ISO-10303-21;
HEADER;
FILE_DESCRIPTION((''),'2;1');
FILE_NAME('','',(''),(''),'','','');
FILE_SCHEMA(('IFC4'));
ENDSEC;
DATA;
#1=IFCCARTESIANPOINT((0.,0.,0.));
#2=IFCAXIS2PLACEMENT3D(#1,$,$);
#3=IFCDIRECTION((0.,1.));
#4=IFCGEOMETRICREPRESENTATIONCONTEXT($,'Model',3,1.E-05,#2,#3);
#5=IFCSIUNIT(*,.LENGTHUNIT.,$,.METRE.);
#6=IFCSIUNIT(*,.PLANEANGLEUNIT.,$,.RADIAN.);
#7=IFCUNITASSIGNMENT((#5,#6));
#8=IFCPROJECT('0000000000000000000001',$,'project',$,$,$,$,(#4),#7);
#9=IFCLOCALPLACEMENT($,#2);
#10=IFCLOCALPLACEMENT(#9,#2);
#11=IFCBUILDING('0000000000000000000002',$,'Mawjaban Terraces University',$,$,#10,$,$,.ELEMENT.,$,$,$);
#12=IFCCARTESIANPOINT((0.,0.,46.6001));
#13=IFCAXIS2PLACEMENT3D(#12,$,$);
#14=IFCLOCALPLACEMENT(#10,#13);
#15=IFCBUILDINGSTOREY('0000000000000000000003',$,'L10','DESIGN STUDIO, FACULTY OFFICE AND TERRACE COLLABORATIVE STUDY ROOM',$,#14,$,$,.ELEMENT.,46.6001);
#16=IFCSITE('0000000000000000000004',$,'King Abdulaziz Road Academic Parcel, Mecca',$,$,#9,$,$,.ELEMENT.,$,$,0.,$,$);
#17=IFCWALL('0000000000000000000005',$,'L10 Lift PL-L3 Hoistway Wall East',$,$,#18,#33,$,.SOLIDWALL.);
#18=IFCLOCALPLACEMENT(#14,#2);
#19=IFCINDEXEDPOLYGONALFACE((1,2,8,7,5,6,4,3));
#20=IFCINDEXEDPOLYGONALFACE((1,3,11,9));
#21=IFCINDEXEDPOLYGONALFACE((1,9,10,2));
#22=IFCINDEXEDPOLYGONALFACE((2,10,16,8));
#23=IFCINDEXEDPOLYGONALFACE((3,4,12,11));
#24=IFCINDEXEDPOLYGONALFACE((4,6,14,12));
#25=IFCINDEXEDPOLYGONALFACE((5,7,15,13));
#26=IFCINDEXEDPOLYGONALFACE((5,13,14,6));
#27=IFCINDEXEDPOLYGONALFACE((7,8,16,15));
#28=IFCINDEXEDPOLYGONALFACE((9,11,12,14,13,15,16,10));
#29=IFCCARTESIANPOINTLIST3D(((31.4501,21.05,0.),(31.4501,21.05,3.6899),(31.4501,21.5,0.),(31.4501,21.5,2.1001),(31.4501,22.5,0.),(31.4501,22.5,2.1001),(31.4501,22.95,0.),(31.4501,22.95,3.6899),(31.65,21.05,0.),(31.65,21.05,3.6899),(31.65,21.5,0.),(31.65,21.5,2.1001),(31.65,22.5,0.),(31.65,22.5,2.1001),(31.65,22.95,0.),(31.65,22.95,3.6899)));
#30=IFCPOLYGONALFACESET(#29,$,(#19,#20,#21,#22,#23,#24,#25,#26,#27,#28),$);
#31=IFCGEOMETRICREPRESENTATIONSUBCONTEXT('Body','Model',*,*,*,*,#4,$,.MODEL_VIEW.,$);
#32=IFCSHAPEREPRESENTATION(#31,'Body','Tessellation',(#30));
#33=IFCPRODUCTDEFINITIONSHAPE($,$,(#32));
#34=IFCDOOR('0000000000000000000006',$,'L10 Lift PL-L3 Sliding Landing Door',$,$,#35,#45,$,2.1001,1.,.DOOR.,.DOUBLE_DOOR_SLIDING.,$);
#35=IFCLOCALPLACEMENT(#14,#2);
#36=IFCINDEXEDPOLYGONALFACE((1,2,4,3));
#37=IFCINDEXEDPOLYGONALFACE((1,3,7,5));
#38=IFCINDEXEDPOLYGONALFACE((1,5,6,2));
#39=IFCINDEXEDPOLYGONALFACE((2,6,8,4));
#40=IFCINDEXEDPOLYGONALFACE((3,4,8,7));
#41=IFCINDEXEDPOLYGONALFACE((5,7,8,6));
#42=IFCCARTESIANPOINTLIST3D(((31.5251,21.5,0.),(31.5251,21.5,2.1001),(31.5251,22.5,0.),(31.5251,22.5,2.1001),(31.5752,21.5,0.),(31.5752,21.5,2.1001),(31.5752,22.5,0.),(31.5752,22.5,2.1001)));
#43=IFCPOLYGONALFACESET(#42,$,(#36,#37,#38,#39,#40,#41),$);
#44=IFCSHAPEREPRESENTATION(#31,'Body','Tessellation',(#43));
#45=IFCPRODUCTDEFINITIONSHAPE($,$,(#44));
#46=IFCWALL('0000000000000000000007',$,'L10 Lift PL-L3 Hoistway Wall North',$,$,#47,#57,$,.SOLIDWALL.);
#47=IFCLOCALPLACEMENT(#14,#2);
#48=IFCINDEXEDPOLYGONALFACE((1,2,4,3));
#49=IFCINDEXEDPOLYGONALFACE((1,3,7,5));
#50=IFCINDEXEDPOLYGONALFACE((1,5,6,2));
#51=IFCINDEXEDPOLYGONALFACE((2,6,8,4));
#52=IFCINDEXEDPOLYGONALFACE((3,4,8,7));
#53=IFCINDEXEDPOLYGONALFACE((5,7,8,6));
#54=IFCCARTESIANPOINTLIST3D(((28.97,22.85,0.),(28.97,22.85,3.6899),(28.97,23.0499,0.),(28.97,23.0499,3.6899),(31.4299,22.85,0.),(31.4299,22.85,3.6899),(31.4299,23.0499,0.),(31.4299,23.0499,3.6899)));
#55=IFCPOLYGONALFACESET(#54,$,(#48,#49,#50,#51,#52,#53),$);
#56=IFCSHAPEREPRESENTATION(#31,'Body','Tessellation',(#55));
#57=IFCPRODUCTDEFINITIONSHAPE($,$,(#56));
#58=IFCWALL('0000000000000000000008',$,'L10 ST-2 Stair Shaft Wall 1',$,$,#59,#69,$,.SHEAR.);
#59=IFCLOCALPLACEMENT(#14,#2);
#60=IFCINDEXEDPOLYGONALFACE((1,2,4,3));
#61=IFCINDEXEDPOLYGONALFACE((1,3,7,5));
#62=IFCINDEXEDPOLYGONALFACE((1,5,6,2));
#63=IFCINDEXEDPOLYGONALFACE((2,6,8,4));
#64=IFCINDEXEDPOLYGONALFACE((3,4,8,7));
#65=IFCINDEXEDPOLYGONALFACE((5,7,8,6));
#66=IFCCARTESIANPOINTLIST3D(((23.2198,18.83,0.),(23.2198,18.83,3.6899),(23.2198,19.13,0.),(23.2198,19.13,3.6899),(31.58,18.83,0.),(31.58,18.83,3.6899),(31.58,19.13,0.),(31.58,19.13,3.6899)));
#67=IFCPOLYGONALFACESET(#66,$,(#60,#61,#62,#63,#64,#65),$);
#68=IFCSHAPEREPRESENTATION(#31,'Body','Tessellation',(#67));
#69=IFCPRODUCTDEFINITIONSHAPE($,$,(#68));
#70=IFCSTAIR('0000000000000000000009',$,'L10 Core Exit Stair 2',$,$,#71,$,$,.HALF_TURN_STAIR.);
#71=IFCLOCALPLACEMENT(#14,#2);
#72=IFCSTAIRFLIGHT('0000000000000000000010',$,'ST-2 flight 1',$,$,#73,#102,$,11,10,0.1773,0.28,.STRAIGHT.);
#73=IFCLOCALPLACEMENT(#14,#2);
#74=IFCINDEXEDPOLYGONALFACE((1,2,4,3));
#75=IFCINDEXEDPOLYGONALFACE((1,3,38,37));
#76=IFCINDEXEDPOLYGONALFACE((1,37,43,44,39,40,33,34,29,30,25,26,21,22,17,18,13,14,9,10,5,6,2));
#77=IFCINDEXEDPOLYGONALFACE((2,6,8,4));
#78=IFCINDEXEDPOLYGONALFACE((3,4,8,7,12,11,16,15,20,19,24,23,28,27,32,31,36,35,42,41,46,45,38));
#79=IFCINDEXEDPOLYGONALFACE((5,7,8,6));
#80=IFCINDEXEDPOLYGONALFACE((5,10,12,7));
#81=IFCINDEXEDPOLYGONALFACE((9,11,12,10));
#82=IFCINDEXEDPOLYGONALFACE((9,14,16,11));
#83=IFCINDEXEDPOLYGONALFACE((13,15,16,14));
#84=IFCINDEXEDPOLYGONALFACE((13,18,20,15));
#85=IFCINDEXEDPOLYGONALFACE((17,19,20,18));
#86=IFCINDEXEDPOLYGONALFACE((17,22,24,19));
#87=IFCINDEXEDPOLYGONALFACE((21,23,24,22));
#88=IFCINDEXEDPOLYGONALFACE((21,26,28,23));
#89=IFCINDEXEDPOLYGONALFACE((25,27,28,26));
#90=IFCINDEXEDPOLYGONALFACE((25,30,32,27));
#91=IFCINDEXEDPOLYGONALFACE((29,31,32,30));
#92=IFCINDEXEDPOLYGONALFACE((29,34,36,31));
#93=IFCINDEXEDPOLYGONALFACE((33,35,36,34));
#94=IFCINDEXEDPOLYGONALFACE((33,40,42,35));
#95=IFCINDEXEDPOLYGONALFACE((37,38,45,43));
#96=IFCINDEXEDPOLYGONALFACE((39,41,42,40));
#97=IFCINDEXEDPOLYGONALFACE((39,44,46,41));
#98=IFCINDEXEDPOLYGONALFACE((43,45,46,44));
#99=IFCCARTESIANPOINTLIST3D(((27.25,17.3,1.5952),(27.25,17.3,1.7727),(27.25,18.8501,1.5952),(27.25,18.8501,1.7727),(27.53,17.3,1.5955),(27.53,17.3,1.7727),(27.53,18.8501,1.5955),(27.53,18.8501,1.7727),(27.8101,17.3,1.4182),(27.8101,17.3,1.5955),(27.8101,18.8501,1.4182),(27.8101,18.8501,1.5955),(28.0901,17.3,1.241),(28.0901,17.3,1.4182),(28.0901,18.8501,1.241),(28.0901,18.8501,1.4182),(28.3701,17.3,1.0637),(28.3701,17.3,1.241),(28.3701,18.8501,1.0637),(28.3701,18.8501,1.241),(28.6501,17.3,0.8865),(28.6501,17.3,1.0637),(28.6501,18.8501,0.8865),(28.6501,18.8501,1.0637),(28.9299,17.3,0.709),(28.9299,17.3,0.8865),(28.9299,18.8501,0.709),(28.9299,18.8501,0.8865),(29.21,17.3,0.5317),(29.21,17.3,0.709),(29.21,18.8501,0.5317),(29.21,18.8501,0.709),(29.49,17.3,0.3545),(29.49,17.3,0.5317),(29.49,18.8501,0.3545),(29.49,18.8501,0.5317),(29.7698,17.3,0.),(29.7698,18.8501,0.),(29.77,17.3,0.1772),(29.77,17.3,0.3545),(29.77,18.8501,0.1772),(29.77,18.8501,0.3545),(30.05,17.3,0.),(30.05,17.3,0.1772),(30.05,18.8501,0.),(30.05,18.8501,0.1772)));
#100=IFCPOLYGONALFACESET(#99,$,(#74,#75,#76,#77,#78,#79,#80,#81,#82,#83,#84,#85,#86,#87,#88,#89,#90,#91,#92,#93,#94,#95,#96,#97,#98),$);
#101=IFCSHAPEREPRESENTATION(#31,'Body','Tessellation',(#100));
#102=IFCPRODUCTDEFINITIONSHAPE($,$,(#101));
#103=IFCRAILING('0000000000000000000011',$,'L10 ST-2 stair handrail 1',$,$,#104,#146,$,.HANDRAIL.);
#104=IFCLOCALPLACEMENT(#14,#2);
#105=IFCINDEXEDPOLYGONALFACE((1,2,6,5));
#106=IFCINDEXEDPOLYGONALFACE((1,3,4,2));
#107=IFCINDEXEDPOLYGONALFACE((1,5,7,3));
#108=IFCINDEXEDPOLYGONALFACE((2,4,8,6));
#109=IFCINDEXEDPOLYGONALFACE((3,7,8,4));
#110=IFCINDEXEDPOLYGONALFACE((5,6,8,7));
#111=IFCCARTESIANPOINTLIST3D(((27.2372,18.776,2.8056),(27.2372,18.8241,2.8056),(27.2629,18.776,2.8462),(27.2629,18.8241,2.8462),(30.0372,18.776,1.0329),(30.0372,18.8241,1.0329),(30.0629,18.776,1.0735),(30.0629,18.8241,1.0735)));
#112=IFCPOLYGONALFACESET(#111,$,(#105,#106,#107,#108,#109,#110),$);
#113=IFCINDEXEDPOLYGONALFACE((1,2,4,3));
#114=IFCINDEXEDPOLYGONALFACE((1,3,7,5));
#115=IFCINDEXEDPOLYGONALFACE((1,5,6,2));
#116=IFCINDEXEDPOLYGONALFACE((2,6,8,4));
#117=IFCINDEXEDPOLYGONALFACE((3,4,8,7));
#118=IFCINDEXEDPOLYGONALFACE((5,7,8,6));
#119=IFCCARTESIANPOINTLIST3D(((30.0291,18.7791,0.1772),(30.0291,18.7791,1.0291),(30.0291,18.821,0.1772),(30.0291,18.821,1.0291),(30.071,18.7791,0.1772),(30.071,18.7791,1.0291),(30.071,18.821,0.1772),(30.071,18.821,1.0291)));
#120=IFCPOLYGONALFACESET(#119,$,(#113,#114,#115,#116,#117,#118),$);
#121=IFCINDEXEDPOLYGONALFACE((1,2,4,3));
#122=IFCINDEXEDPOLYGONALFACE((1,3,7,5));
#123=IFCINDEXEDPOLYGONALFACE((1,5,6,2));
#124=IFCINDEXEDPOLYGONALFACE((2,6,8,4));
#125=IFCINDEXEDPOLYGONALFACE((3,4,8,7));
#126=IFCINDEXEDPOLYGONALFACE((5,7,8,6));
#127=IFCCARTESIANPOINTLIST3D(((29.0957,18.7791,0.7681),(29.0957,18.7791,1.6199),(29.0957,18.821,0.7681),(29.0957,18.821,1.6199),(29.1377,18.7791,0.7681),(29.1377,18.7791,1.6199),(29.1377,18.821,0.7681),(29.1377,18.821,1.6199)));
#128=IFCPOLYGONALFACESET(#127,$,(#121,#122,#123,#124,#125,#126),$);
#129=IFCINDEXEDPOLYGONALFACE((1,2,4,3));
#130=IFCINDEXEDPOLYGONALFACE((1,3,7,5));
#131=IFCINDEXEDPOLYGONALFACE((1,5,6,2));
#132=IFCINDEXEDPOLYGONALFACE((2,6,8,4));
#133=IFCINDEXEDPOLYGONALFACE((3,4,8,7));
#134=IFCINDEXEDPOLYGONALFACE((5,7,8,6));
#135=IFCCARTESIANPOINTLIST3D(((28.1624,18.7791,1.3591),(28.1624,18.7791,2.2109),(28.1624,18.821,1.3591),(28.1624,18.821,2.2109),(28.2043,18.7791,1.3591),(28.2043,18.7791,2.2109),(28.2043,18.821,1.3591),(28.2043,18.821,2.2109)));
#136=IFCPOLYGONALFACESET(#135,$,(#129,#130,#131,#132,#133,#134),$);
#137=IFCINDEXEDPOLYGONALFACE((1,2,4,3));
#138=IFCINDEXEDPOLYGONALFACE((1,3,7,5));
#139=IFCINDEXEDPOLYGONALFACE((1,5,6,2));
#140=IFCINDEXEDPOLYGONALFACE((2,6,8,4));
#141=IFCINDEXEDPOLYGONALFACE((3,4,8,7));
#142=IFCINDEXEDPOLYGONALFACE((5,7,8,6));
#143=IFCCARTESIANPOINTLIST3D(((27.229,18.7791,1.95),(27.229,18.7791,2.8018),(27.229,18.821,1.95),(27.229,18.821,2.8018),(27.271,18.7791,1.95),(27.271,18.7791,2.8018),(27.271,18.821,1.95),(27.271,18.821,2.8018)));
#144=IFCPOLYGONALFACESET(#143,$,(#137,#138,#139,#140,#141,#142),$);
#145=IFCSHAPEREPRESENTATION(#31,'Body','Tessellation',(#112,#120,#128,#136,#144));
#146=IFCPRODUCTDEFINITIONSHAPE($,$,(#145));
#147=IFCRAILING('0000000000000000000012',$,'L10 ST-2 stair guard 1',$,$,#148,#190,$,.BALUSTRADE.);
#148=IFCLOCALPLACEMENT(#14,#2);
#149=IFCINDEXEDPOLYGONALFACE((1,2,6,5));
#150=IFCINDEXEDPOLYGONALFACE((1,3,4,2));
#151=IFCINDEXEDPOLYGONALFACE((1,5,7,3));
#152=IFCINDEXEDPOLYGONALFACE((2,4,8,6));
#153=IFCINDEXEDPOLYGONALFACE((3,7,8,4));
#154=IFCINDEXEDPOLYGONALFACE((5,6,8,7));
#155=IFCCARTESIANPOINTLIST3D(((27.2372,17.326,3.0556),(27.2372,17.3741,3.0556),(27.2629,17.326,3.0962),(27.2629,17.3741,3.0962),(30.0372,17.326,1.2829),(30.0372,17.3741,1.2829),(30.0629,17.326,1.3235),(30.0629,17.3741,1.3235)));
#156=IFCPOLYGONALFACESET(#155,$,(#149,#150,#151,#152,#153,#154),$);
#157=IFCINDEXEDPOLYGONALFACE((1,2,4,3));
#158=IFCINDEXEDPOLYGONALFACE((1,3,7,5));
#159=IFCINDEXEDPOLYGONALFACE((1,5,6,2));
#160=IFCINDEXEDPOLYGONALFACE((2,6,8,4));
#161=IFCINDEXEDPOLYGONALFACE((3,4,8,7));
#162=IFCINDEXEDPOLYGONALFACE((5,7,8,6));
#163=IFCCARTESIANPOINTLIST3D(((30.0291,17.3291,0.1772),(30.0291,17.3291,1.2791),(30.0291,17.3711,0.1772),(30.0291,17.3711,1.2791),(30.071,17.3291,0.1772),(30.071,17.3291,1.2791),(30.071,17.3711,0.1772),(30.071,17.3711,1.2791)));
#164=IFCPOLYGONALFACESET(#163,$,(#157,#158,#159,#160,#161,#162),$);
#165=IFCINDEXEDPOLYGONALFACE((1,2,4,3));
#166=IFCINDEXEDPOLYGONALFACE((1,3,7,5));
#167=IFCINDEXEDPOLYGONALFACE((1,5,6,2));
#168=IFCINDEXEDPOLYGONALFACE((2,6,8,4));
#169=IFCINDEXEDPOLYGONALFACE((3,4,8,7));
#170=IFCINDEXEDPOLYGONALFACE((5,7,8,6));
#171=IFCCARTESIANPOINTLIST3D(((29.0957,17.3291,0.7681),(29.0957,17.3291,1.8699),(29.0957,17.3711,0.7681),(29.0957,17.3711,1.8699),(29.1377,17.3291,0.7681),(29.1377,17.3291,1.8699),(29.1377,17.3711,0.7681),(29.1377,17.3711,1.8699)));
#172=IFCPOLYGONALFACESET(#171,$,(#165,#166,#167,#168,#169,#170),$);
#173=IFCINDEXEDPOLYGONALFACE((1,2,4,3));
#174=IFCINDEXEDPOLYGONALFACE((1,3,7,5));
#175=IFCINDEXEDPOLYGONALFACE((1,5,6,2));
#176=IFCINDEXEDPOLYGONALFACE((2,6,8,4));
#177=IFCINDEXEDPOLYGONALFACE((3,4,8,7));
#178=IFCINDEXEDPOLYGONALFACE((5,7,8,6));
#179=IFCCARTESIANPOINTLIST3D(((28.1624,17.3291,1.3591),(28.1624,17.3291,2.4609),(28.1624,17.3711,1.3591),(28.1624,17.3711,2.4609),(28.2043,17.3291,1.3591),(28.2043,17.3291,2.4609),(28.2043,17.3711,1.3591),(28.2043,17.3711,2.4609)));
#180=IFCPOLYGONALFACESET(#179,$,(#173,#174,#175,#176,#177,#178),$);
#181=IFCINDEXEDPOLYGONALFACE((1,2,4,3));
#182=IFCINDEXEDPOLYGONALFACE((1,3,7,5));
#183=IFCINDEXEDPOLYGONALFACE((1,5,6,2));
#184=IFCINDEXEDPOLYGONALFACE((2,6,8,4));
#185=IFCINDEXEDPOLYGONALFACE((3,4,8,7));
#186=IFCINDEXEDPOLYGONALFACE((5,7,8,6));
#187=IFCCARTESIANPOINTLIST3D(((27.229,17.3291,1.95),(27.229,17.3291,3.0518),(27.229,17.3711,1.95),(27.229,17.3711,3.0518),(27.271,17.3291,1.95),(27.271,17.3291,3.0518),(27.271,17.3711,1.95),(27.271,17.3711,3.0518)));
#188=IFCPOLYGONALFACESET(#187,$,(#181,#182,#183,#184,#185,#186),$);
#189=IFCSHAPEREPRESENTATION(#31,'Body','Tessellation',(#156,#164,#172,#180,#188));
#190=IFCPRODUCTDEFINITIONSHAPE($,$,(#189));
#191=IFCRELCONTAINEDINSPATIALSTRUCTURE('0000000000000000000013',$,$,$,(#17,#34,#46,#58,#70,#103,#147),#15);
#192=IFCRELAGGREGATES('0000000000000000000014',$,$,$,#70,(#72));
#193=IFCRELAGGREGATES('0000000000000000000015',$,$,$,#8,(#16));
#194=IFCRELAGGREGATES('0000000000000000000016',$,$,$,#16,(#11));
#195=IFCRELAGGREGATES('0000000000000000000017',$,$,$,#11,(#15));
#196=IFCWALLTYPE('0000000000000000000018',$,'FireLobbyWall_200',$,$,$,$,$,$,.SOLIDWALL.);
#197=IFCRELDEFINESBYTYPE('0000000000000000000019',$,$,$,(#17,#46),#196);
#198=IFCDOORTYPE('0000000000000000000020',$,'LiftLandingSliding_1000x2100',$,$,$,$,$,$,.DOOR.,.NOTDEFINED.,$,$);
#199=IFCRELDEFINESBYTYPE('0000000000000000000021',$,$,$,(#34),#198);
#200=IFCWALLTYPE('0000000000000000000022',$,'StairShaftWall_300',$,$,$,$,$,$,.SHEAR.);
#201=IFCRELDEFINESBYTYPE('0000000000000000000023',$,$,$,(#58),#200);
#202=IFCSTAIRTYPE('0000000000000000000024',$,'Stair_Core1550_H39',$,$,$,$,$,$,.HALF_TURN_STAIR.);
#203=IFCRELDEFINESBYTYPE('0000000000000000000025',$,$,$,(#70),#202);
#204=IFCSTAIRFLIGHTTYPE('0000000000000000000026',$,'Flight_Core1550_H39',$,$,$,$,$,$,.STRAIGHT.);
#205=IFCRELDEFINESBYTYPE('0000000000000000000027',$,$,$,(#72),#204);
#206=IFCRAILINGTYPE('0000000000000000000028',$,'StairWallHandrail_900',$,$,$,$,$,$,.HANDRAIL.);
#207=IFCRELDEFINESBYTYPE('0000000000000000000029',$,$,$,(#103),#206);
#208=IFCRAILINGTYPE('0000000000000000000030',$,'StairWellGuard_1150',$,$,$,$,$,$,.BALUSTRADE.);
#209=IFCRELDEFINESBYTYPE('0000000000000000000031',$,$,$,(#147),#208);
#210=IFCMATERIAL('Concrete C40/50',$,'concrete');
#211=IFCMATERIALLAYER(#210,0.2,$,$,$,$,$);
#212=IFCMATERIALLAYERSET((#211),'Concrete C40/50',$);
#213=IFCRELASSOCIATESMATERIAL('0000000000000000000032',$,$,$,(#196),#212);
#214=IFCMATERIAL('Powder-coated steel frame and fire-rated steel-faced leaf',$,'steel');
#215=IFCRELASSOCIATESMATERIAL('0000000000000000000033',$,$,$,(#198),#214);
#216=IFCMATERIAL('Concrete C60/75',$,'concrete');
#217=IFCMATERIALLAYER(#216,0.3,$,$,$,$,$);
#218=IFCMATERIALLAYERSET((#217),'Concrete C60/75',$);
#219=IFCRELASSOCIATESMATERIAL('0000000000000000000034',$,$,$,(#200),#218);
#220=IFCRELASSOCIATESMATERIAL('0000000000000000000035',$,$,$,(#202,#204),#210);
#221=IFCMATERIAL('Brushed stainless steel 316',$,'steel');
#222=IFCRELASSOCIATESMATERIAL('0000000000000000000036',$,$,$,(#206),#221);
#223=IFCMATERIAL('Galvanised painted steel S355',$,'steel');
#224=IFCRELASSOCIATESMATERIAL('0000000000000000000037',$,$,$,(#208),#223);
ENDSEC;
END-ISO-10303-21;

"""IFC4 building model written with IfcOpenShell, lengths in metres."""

from ifc_helpers import new_model, si_unit, direction, frame, frame_2d, origin, origin_2d, place, context, subcontext, project, spatial, polyline, rectangle, outline, extrude, material, layer, layer_set, type_object, element, fill, aggregate, save


model = new_model("IFC4")

# Units and contexts
model_context = context("Model", 3, precision=1e-05, world=origin(), true_north=direction((0.0, 1.0)))
body_context = subcontext(model_context, "Body", "Model", "MODEL_VIEW")
ifc_project = project(units=[si_unit("LENGTHUNIT", "METRE"), si_unit("PLANEANGLEUNIT", "RADIAN")], contexts=[model_context])

# Site, building, storey
site_placement = place(None, origin())
site = spatial("IfcSite", under=ifc_project, at=site_placement, Name="King Abdulaziz Road Academic Parcel, Mecca", CompositionType="ELEMENT", RefElevation=0.0)
building_placement = place(site_placement, origin())
building = spatial("IfcBuilding", under=site, at=building_placement, Name="Mawjaban Terraces University", CompositionType="ELEMENT")
storey_placement = place(building_placement, frame((0.0, 0.0, 46.6001)))
storey = spatial("IfcBuildingStorey", under=building, at=storey_placement, Name="L10", Description="DESIGN STUDIO, FACULTY OFFICE AND TERRACE COLLABORATIVE STUDY ROOM", CompositionType="ELEMENT", Elevation=46.6001)

# Shared definitions
ifc_material_1 = material(Name="Concrete C40/50", Category="concrete")
ifc_layer_1 = layer(ifc_material_1, 0.2)
ifc_layer_set_1 = layer_set([ifc_layer_1], Name="Concrete C40/50")
wall_type_1 = type_object("IfcWallType", Name="FireLobbyWall_200", PredefinedType="SOLIDWALL", material=ifc_layer_set_1)

# Wall, opening, door
ifc_material_2 = material(Name="Powder-coated steel frame and fire-rated steel-faced leaf", Category="steel")
door_type_1 = type_object("IfcDoorType", Name="LiftLandingSliding_1000x2100", OperationType="NOTDEFINED", PredefinedType="DOOR", material=ifc_material_2)
wall_1_placement = place(storey_placement, frame((31.55, 21.05, 0.0), z_axis=(0.0, 0.0, 1.0), x_axis=(0.0, 1.0, 0.0)))
wall_1 = element("IfcWall", 1, at=wall_1_placement, inside=storey, type_object=wall_type_1, Name="L10 Lift PL-L3 Hoistway Wall East", PredefinedType="SOLIDWALL", context=body_context, shape_type="SweptSolid", body=[
    extrude(rectangle(XDim=1.8999, YDim=0.2, at=frame_2d((0.95, 0.0))), origin(), (0.0, 0.0, 1.0), 3.6899),
])
opening_1_placement = place(wall_1_placement, frame((0.45, 0.0, 0.0)))
opening_1 = element("IfcOpeningElement", 2, at=opening_1_placement, cuts=wall_1, PredefinedType="OPENING", context=body_context, shape_type="SweptSolid", body=[
    extrude(rectangle(XDim=1.0, YDim=2.1001, at=frame_2d((0.5, 1.05))), frame((0.0, 0.1099, 0.0), z_axis=(0.0, -1.0, 0.0), x_axis=(1.0, 0.0, 0.0)), (0.0, 0.0, 1.0), 0.22),
])
door_1_placement = place(opening_1_placement, origin())
door_1 = element("IfcDoor", 3, at=door_1_placement, inside=storey, type_object=door_type_1, Name="L10 Lift PL-L3 Sliding Landing Door", OperationType="DOUBLE_DOOR_SLIDING", OverallHeight=2.1001, OverallWidth=1.0, PredefinedType="DOOR", context=body_context, shape_type="SweptSolid", body=[
    extrude(rectangle(XDim=1.0, YDim=2.1001, at=frame_2d((0.5, 1.05))), frame((0.0, 0.0249, 0.0), z_axis=(0.0, -1.0, 0.0), x_axis=(1.0, 0.0, 0.0)), (0.0, 0.0, 1.0), 0.05),
])
fill(opening_1, door_1)

# Walls
wall_2_placement = place(storey_placement, frame((31.4299, 22.95, 0.0), z_axis=(0.0, 0.0, 1.0), x_axis=(-1.0, 0.0, 0.0)))
element("IfcWall", 4, at=wall_2_placement, inside=storey, type_object=wall_type_1, Name="L10 Lift PL-L3 Hoistway Wall North", PredefinedType="SOLIDWALL", context=body_context, shape_type="SweptSolid", body=[
    extrude(rectangle(XDim=2.46, YDim=0.2, at=frame_2d((1.23, 0.0))), origin(), (0.0, 0.0, 1.0), 3.6899),
])
ifc_material_3 = material(Name="Concrete C60/75", Category="concrete")
ifc_layer_2 = layer(ifc_material_3, 0.3)
ifc_layer_set_2 = layer_set([ifc_layer_2], Name="Concrete C60/75")
wall_type_2 = type_object("IfcWallType", Name="StairShaftWall_300", PredefinedType="SHEAR", material=ifc_layer_set_2)
wall_3_placement = place(storey_placement, frame((31.5801, 18.98, 0.0), z_axis=(0.0, 0.0, 1.0), x_axis=(-1.0, 0.0, 0.0)))
element("IfcWall", 5, at=wall_3_placement, inside=storey, type_object=wall_type_2, Name="L10 ST-2 Stair Shaft Wall 1", PredefinedType="SHEAR", context=body_context, shape_type="SweptSolid", body=[
    extrude(rectangle(XDim=8.3601, YDim=0.3, at=frame_2d((4.1802, 0.0))), origin(), (0.0, 0.0, 1.0), 3.6899),
])

# Stair, stair flight
stair_type = type_object("IfcStairType", Name="Stair_Core1550_H39", PredefinedType="HALF_TURN_STAIR", material=ifc_material_1)
stair_placement = place(storey_placement, origin())
stair = element("IfcStair", 6, at=stair_placement, inside=storey, type_object=stair_type, Name="L10 Core Exit Stair 2", PredefinedType="HALF_TURN_STAIR")
stair_flight_type = type_object("IfcStairFlightType", Name="Flight_Core1550_H39", PredefinedType="STRAIGHT", material=ifc_material_1)
stair_flight_placement = place(storey_placement, frame((30.05, 18.075, 0.0), z_axis=(0.0, 0.0, 1.0), x_axis=(-1.0, 0.0, 0.0)))
stair_flight = element("IfcStairFlight", 7, at=stair_flight_placement, type_object=stair_flight_type, Name="ST-2 flight 1", NumberOfRisers=11, NumberOfTreads=10, PredefinedType="STRAIGHT", RiserHeight=0.1773, TreadLength=0.28, context=body_context, shape_type="SweptSolid", body=[
    extrude(outline(polyline([(0.0, 0.0), (0.0, 0.1772), (0.28, 0.1772), (0.28, 0.3545), (0.5601, 0.3545), (0.5601, 0.5317), (0.8401, 0.5317), (0.8401, 0.709), (1.1201, 0.709), (1.1201, 0.8865), (1.3999, 0.8865), (1.3999, 1.0637), (1.6799, 1.0637), (1.6799, 1.241), (1.96, 1.241), (1.96, 1.4182), (2.24, 1.4182), (2.24, 1.5955), (2.52, 1.5955), (2.52, 1.7727), (2.8, 1.7727), (2.8, 1.95), (2.8, 1.5952), (0.2803, 0.0), (0.0, 0.0)])), frame((0.0, 0.7749, 0.0), z_axis=(0.0, -1.0, 0.0), x_axis=(1.0, 0.0, 0.0)), (0.0, 0.0, 1.0), 1.55),
])
aggregate(stair, [stair_flight])

# Railings
ifc_material_4 = material(Name="Brushed stainless steel 316", Category="steel")
railing_type_1 = type_object("IfcRailingType", Name="StairWallHandrail_900", PredefinedType="HANDRAIL", material=ifc_material_4)
railing_1_placement = place(storey_placement, frame((30.05, 18.8, 0.1772)))
element("IfcRailing", 8, at=railing_1_placement, inside=storey, type_object=railing_type_1, Name="L10 ST-2 stair handrail 1", PredefinedType="HANDRAIL", context=body_context, shape_type="SweptSolid", body=[
    extrude(rectangle(XDim=0.0481, YDim=0.0481, at=origin_2d()), frame((0.0, 0.0, 0.876), z_axis=(-0.844909, 0.0, 0.53491), x_axis=(0.0, -1.0, 0.0)), (0.0, 0.0, 1.0), 3.314),
    extrude(rectangle(XDim=0.042, YDim=0.042, at=origin_2d()), origin(), (0.0, 0.0, 1.0), 0.8518),
    extrude(rectangle(XDim=0.042, YDim=0.042, at=origin_2d()), frame((-0.9333, 0.0, 0.5908)), (0.0, 0.0, 1.0), 0.8518),
    extrude(rectangle(XDim=0.042, YDim=0.042, at=origin_2d()), frame((-1.8667, 0.0, 1.1819)), (0.0, 0.0, 1.0), 0.8518),
    extrude(rectangle(XDim=0.042, YDim=0.042, at=origin_2d()), frame((-2.8, 0.0, 1.7727)), (0.0, 0.0, 1.0), 0.8518),
])
ifc_material_5 = material(Name="Galvanised painted steel S355", Category="steel")
railing_type_2 = type_object("IfcRailingType", Name="StairWellGuard_1150", PredefinedType="BALUSTRADE", material=ifc_material_5)
railing_2_placement = place(storey_placement, frame((30.05, 17.3501, 0.1772)))
element("IfcRailing", 9, at=railing_2_placement, inside=storey, type_object=railing_type_2, Name="L10 ST-2 stair guard 1", PredefinedType="BALUSTRADE", context=body_context, shape_type="SweptSolid", body=[
    extrude(rectangle(XDim=0.0481, YDim=0.0481, at=origin_2d()), frame((0.0, 0.0, 1.126), z_axis=(-0.844909, 0.0, 0.53491), x_axis=(0.0, -1.0, 0.0)), (0.0, 0.0, 1.0), 3.314),
    extrude(rectangle(XDim=0.042, YDim=0.042, at=origin_2d()), origin(), (0.0, 0.0, 1.0), 1.1018),
    extrude(rectangle(XDim=0.042, YDim=0.042, at=origin_2d()), frame((-0.9333, 0.0, 0.5908)), (0.0, 0.0, 1.0), 1.1018),
    extrude(rectangle(XDim=0.042, YDim=0.042, at=origin_2d()), frame((-1.8667, 0.0, 1.1819)), (0.0, 0.0, 1.0), 1.1018),
    extrude(rectangle(XDim=0.042, YDim=0.042, at=origin_2d()), frame((-2.8, 0.0, 1.7727)), (0.0, 0.0, 1.0), 1.1018),
])

save(model, "model.ifc")
